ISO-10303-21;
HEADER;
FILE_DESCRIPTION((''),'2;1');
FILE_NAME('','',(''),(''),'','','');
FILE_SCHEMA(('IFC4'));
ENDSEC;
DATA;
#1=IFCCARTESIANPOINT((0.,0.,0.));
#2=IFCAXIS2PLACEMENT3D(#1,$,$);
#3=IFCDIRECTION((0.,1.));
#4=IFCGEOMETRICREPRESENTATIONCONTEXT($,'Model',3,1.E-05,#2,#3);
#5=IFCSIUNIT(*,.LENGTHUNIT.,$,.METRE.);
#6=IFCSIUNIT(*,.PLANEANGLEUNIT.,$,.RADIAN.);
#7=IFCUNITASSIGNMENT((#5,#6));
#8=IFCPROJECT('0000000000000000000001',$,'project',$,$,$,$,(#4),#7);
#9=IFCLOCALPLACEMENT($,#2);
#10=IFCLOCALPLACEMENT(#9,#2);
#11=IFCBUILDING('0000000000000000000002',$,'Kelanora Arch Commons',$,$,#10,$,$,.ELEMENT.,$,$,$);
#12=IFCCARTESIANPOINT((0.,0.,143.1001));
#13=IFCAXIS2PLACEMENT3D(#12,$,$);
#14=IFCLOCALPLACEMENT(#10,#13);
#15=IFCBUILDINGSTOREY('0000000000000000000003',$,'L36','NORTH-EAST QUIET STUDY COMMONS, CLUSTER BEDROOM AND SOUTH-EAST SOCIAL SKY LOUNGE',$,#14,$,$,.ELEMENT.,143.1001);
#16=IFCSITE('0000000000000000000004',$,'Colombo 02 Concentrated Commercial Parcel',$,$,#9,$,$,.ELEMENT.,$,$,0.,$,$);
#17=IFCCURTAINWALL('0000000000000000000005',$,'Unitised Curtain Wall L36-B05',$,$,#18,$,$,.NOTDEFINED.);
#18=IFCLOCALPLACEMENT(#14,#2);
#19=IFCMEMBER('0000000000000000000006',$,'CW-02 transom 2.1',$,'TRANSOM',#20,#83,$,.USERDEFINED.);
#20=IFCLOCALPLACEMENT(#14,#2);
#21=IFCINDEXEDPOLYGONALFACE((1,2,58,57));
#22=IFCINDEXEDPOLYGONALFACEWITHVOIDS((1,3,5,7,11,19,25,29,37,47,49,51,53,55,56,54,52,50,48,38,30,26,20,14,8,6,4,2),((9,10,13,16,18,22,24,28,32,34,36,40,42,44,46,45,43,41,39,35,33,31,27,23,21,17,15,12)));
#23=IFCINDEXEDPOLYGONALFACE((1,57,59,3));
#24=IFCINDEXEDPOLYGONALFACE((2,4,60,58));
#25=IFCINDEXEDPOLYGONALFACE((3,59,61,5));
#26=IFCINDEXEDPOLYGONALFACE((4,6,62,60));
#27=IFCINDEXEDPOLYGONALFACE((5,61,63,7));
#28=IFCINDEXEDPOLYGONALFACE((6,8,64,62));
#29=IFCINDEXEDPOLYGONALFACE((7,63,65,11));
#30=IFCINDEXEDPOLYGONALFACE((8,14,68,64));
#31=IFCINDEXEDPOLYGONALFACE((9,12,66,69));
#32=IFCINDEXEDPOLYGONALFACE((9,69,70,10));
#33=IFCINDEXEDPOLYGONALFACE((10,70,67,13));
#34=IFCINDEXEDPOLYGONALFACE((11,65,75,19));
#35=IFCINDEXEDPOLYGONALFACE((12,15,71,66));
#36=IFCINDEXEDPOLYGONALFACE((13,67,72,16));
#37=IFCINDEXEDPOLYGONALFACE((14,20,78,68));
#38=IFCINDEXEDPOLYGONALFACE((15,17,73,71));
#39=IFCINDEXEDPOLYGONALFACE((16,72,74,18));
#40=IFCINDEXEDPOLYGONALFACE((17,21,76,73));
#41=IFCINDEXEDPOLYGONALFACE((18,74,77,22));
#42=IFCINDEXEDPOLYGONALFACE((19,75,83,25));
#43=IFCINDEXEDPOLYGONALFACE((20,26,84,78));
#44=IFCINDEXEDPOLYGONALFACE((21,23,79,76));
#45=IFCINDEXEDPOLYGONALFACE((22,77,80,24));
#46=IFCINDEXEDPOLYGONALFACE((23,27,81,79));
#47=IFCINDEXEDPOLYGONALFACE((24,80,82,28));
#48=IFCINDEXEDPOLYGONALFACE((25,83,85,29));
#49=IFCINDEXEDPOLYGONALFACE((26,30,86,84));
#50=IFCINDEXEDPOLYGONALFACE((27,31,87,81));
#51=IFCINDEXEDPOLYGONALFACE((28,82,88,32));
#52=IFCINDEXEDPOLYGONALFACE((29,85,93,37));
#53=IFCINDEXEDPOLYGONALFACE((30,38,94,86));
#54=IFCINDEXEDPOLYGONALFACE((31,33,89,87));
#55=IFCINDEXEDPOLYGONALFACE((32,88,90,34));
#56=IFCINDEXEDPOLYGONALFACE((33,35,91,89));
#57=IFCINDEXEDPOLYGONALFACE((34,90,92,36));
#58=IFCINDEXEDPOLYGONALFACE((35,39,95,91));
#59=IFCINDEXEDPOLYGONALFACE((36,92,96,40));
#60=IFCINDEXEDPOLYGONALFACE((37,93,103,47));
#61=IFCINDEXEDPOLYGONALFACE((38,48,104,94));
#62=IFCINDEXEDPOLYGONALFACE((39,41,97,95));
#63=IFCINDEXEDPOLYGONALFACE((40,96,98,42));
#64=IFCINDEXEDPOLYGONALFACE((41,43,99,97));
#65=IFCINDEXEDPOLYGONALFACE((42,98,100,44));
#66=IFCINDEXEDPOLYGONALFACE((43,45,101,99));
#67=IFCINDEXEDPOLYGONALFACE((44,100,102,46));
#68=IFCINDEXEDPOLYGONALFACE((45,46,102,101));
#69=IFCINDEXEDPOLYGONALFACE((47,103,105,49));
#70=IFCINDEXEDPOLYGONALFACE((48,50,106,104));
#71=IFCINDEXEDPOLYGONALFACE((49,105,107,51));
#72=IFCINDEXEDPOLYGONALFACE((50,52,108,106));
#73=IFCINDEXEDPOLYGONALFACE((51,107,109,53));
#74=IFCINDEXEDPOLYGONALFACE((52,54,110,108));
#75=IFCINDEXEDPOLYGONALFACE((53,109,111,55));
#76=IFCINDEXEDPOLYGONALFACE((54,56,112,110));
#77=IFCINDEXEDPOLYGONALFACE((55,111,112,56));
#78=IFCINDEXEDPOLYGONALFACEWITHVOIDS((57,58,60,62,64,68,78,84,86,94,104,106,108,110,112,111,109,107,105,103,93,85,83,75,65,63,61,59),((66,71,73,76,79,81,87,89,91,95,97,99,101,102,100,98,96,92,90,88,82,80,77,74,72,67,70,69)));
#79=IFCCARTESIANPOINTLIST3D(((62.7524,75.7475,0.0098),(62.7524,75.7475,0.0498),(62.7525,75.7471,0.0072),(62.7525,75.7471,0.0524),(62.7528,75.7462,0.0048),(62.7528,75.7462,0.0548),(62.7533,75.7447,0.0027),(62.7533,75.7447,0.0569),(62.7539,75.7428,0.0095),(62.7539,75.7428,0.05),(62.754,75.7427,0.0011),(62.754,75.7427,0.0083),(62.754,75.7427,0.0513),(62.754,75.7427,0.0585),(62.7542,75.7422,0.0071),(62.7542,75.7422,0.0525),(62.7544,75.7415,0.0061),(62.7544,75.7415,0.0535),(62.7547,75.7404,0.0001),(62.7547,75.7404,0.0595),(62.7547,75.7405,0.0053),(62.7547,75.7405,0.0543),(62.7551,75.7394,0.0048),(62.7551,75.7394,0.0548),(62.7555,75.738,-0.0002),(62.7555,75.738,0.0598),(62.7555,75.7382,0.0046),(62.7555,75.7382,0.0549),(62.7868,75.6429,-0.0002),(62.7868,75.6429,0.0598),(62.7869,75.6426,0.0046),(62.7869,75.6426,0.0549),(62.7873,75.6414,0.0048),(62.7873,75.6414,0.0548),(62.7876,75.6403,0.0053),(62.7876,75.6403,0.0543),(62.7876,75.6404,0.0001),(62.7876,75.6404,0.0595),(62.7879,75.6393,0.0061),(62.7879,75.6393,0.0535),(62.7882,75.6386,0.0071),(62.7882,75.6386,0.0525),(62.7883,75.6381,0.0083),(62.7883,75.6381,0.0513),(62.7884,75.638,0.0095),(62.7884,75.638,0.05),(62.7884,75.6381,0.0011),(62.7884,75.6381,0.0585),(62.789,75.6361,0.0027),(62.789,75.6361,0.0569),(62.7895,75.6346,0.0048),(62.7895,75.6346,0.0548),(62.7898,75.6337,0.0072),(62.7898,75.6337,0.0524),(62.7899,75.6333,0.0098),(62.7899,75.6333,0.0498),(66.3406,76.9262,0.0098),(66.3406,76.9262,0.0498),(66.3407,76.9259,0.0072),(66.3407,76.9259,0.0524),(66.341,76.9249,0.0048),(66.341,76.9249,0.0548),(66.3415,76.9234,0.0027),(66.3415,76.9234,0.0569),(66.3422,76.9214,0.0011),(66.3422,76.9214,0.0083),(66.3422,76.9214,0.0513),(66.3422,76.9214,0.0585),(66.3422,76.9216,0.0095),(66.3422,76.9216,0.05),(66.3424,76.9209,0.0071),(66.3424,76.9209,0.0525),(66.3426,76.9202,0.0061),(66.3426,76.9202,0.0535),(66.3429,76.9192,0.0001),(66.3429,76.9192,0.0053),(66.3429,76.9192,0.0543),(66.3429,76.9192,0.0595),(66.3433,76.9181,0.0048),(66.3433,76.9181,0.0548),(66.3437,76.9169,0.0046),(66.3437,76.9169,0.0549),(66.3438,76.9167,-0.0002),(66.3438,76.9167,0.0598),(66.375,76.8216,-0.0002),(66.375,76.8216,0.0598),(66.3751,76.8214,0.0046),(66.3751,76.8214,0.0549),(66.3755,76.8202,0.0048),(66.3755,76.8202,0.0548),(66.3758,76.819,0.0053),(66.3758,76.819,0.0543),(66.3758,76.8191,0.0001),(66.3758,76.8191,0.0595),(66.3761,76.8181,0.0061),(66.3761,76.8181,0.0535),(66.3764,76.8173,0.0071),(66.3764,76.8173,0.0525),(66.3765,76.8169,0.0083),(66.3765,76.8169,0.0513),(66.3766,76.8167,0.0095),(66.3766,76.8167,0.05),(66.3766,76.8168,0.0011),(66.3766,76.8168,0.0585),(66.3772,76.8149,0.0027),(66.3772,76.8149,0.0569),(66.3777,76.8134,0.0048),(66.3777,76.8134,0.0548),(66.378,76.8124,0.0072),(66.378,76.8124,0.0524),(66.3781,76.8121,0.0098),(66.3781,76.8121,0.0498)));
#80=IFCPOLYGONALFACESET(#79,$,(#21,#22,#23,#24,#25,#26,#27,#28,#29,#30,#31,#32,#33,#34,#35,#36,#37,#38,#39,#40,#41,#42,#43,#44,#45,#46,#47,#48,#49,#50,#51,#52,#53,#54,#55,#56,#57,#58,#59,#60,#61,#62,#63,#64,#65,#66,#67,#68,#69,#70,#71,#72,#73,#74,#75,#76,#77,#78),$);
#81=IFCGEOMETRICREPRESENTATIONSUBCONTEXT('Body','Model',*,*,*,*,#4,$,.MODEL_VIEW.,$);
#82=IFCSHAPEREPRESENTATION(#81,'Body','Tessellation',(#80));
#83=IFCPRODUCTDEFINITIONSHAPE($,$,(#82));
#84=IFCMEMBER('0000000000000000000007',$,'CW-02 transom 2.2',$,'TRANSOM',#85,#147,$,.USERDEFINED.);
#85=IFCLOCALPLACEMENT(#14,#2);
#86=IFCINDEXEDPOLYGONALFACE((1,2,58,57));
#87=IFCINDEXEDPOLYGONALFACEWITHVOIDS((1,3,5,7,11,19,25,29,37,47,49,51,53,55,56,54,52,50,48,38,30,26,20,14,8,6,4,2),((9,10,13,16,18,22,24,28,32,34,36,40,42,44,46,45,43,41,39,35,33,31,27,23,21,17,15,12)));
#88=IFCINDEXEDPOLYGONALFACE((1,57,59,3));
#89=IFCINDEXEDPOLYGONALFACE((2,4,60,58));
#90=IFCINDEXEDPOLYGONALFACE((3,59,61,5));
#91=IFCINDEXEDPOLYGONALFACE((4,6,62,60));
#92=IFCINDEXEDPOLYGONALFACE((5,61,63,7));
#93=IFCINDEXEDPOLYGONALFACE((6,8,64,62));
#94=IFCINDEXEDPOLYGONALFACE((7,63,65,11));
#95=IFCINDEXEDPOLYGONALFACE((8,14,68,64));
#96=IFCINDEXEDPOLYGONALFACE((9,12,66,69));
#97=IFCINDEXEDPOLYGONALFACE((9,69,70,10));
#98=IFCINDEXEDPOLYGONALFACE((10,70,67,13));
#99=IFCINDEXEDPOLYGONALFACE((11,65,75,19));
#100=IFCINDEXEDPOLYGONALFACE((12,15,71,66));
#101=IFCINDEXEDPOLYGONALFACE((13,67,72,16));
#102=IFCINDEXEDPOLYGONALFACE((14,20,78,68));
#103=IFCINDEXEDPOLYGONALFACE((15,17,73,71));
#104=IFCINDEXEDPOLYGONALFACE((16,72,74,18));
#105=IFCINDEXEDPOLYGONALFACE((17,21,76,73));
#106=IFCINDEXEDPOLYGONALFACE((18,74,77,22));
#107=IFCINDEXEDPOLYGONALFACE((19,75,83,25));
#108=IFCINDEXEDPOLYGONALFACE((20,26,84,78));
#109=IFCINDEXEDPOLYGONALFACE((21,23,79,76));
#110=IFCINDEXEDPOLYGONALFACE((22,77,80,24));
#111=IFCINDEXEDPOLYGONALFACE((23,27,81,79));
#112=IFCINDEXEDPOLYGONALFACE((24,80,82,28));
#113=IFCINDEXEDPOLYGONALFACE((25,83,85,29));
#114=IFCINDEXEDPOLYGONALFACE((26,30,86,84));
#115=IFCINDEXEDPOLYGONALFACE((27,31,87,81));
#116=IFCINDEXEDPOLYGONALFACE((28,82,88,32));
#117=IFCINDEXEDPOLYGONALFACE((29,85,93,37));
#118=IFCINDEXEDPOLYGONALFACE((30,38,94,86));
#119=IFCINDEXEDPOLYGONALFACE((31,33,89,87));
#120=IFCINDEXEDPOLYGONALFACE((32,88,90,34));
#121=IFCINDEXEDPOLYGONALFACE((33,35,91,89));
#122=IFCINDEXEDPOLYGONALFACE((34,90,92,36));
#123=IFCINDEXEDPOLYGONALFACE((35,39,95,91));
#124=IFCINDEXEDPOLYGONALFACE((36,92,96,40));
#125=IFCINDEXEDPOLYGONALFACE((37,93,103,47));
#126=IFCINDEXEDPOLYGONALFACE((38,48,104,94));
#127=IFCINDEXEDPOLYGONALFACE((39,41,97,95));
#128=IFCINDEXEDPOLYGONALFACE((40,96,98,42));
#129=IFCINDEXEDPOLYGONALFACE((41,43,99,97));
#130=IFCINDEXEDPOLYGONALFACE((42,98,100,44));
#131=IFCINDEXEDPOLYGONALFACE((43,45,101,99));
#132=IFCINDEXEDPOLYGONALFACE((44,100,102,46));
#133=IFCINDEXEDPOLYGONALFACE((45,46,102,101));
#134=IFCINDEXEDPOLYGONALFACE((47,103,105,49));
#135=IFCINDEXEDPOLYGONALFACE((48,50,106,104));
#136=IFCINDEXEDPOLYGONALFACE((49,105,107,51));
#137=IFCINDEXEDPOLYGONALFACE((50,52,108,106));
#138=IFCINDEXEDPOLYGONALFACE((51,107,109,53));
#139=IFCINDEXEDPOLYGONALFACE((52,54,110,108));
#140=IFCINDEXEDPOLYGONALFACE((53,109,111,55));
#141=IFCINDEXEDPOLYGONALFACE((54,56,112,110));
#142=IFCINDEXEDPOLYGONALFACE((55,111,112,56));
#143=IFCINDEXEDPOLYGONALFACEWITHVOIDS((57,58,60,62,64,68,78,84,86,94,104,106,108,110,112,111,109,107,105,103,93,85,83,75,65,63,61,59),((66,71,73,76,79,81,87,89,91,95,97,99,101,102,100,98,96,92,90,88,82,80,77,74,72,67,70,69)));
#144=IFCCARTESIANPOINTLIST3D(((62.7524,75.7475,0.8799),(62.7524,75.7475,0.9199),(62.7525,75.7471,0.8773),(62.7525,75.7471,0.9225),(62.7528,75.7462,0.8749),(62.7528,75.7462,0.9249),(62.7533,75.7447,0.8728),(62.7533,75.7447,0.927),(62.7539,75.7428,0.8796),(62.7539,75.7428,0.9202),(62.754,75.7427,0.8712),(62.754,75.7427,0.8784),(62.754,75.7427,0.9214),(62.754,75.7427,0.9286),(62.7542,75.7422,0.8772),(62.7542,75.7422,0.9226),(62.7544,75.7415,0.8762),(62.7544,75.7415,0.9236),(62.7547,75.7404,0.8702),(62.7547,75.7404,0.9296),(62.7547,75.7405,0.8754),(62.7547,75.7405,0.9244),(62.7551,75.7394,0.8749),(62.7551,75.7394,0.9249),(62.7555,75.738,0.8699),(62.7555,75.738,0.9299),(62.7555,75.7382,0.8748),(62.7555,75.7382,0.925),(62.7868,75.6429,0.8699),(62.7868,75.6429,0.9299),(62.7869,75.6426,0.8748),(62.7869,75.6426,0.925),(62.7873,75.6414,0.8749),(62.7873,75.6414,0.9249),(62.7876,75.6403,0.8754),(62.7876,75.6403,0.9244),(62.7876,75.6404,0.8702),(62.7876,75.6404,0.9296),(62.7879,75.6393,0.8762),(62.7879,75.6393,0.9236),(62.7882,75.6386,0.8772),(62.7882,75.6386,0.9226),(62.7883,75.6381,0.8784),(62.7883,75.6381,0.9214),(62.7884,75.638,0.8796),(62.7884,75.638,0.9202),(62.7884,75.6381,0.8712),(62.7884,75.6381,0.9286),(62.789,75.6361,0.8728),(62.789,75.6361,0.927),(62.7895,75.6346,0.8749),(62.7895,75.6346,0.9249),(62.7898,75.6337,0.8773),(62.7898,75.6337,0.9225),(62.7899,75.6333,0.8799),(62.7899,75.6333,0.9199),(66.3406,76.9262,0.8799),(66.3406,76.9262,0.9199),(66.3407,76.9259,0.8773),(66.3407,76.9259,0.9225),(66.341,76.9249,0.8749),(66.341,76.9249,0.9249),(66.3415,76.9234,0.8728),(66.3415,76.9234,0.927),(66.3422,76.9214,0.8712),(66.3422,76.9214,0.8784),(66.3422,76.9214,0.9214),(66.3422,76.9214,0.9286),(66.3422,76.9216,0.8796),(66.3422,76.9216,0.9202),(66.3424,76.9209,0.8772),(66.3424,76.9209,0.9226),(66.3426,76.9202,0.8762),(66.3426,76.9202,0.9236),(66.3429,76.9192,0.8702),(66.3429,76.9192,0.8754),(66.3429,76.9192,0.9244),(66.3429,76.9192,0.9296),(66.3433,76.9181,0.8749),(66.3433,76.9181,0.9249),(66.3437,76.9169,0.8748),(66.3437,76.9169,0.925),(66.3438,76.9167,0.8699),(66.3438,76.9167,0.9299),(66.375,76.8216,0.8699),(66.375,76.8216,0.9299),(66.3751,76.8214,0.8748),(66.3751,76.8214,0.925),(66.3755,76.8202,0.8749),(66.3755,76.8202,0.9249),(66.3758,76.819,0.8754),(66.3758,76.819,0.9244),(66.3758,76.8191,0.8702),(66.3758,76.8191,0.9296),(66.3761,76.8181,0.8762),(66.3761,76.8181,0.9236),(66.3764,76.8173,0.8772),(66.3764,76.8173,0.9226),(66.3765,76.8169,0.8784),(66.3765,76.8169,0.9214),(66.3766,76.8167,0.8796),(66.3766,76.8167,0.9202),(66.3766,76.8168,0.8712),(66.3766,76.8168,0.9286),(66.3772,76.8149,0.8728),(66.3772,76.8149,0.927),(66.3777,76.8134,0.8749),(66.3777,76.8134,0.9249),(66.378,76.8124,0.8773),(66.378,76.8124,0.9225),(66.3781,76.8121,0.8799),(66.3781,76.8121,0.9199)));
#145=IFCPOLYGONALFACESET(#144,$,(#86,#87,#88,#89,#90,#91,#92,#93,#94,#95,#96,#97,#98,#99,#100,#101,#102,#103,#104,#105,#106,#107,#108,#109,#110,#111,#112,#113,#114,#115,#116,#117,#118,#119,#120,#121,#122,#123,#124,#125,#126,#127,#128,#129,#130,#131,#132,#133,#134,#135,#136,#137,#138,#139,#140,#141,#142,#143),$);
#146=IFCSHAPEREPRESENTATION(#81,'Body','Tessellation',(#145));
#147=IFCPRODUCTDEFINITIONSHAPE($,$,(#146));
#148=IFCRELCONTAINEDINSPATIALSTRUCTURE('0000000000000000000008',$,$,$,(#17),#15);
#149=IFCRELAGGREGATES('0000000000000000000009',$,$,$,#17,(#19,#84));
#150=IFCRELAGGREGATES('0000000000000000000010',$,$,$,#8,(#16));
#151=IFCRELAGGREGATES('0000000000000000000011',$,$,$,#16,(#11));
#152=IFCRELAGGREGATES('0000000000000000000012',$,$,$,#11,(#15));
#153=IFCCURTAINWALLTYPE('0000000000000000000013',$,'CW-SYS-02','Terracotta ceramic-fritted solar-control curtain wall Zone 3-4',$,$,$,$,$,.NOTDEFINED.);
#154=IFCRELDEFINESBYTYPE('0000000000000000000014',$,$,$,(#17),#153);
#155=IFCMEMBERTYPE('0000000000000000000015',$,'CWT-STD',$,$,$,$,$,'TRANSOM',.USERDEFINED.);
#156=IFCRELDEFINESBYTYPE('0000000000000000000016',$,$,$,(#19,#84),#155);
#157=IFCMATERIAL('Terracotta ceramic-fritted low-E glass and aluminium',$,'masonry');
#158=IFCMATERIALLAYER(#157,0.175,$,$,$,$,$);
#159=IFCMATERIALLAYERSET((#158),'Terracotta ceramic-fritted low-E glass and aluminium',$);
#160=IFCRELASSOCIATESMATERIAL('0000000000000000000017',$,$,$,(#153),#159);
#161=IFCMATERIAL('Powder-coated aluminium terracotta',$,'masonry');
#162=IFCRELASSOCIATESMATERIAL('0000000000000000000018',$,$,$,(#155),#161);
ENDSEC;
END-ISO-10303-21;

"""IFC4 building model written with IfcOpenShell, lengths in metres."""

from ifc_helpers import new_model, si_unit, direction, frame, origin, origin_2d, place, context, subcontext, project, spatial, hollow_rectangle, extrude, material, layer, layer_set, material_profile, profile_set, type_object, element, aggregate, save


model = new_model("IFC4")

# Units and contexts
model_context = context("Model", 3, precision=1e-05, world=origin(), true_north=direction((0.0, 1.0)))
body_context = subcontext(model_context, "Body", "Model", "MODEL_VIEW")
ifc_project = project(units=[si_unit("LENGTHUNIT", "METRE"), si_unit("PLANEANGLEUNIT", "RADIAN")], contexts=[model_context])

# Site, building, storey
site_placement = place(None, origin())
site = spatial("IfcSite", under=ifc_project, at=site_placement, Name="Colombo 02 Concentrated Commercial Parcel", CompositionType="ELEMENT", RefElevation=0.0)
building_placement = place(site_placement, origin())
building = spatial("IfcBuilding", under=site, at=building_placement, Name="Kelanora Arch Commons", CompositionType="ELEMENT")
storey_placement = place(building_placement, frame((0.0, 0.0, 143.1001)))
storey = spatial("IfcBuildingStorey", under=building, at=storey_placement, Name="L36", Description="NORTH-EAST QUIET STUDY COMMONS, CLUSTER BEDROOM AND SOUTH-EAST SOCIAL SKY LOUNGE", CompositionType="ELEMENT", Elevation=143.1001)

# Curtain wall, members
ifc_material_1 = material(Name="Terracotta ceramic-fritted low-E glass and aluminium", Category="masonry")
ifc_layer_1 = layer(ifc_material_1, 0.175)
ifc_layer_set_1 = layer_set([ifc_layer_1], Name="Terracotta ceramic-fritted low-E glass and aluminium")
curtain_wall_type = type_object("IfcCurtainWallType", Name="CW-SYS-02", Description="Terracotta ceramic-fritted solar-control curtain wall Zone 3-4", PredefinedType="NOTDEFINED", material=ifc_layer_set_1)
curtain_wall_placement = place(storey_placement, origin())
curtain_wall = element("IfcCurtainWall", 1, at=curtain_wall_placement, inside=storey, type_object=curtain_wall_type, Name="Unitised Curtain Wall L36-B05", PredefinedType="NOTDEFINED")
ifc_material_2 = material(Name="Powder-coated aluminium terracotta", Category="masonry")
ifc_material_profile_1 = material_profile(ifc_material_2, hollow_rectangle(XDim=0.1201, YDim=0.0601, WallThickness=0.0049, InnerFilletRadius=0.0049, OuterFilletRadius=0.01, at=origin_2d()), Name="CWT120x60")
ifc_profile_set_1 = profile_set([ifc_material_profile_1], Name="Powder-coated aluminium terracotta")
member_type_1 = type_object("IfcMemberType", Name="CWT-STD", ElementType="TRANSOM", PredefinedType="USERDEFINED", material=ifc_profile_set_1)
member_1_placement = place(storey_placement, frame((66.3594, 76.8691, 0.0298), z_axis=(-0.950051, -0.312094, 0.0), x_axis=(0.312094, -0.950051, 0.0)))
member_1 = element("IfcMember", 2, at=member_1_placement, type_object=member_type_1, Name="CW-02 transom 2.1", ObjectType="TRANSOM", PredefinedType="USERDEFINED", context=body_context, shape_type="SweptSolid", body=[
    extrude(hollow_rectangle(XDim=0.1201, YDim=0.0601, WallThickness=0.0049, InnerFilletRadius=0.0049, OuterFilletRadius=0.01, at=origin_2d()), origin(), (0.0, 0.0, 1.0), 3.7769),
])
member_2_placement = place(storey_placement, frame((66.3594, 76.8691, 0.8999), z_axis=(-0.950051, -0.312094, 0.0), x_axis=(0.312094, -0.950051, 0.0)))
member_2 = element("IfcMember", 3, at=member_2_placement, type_object=member_type_1, Name="CW-02 transom 2.2", ObjectType="TRANSOM", PredefinedType="USERDEFINED", context=body_context, shape_type="SweptSolid", body=[
    extrude(hollow_rectangle(XDim=0.1201, YDim=0.0601, WallThickness=0.0049, InnerFilletRadius=0.0049, OuterFilletRadius=0.01, at=origin_2d()), origin(), (0.0, 0.0, 1.0), 3.7769),
])
aggregate(curtain_wall, [member_1, member_2])

save(model, "model.ifc")
